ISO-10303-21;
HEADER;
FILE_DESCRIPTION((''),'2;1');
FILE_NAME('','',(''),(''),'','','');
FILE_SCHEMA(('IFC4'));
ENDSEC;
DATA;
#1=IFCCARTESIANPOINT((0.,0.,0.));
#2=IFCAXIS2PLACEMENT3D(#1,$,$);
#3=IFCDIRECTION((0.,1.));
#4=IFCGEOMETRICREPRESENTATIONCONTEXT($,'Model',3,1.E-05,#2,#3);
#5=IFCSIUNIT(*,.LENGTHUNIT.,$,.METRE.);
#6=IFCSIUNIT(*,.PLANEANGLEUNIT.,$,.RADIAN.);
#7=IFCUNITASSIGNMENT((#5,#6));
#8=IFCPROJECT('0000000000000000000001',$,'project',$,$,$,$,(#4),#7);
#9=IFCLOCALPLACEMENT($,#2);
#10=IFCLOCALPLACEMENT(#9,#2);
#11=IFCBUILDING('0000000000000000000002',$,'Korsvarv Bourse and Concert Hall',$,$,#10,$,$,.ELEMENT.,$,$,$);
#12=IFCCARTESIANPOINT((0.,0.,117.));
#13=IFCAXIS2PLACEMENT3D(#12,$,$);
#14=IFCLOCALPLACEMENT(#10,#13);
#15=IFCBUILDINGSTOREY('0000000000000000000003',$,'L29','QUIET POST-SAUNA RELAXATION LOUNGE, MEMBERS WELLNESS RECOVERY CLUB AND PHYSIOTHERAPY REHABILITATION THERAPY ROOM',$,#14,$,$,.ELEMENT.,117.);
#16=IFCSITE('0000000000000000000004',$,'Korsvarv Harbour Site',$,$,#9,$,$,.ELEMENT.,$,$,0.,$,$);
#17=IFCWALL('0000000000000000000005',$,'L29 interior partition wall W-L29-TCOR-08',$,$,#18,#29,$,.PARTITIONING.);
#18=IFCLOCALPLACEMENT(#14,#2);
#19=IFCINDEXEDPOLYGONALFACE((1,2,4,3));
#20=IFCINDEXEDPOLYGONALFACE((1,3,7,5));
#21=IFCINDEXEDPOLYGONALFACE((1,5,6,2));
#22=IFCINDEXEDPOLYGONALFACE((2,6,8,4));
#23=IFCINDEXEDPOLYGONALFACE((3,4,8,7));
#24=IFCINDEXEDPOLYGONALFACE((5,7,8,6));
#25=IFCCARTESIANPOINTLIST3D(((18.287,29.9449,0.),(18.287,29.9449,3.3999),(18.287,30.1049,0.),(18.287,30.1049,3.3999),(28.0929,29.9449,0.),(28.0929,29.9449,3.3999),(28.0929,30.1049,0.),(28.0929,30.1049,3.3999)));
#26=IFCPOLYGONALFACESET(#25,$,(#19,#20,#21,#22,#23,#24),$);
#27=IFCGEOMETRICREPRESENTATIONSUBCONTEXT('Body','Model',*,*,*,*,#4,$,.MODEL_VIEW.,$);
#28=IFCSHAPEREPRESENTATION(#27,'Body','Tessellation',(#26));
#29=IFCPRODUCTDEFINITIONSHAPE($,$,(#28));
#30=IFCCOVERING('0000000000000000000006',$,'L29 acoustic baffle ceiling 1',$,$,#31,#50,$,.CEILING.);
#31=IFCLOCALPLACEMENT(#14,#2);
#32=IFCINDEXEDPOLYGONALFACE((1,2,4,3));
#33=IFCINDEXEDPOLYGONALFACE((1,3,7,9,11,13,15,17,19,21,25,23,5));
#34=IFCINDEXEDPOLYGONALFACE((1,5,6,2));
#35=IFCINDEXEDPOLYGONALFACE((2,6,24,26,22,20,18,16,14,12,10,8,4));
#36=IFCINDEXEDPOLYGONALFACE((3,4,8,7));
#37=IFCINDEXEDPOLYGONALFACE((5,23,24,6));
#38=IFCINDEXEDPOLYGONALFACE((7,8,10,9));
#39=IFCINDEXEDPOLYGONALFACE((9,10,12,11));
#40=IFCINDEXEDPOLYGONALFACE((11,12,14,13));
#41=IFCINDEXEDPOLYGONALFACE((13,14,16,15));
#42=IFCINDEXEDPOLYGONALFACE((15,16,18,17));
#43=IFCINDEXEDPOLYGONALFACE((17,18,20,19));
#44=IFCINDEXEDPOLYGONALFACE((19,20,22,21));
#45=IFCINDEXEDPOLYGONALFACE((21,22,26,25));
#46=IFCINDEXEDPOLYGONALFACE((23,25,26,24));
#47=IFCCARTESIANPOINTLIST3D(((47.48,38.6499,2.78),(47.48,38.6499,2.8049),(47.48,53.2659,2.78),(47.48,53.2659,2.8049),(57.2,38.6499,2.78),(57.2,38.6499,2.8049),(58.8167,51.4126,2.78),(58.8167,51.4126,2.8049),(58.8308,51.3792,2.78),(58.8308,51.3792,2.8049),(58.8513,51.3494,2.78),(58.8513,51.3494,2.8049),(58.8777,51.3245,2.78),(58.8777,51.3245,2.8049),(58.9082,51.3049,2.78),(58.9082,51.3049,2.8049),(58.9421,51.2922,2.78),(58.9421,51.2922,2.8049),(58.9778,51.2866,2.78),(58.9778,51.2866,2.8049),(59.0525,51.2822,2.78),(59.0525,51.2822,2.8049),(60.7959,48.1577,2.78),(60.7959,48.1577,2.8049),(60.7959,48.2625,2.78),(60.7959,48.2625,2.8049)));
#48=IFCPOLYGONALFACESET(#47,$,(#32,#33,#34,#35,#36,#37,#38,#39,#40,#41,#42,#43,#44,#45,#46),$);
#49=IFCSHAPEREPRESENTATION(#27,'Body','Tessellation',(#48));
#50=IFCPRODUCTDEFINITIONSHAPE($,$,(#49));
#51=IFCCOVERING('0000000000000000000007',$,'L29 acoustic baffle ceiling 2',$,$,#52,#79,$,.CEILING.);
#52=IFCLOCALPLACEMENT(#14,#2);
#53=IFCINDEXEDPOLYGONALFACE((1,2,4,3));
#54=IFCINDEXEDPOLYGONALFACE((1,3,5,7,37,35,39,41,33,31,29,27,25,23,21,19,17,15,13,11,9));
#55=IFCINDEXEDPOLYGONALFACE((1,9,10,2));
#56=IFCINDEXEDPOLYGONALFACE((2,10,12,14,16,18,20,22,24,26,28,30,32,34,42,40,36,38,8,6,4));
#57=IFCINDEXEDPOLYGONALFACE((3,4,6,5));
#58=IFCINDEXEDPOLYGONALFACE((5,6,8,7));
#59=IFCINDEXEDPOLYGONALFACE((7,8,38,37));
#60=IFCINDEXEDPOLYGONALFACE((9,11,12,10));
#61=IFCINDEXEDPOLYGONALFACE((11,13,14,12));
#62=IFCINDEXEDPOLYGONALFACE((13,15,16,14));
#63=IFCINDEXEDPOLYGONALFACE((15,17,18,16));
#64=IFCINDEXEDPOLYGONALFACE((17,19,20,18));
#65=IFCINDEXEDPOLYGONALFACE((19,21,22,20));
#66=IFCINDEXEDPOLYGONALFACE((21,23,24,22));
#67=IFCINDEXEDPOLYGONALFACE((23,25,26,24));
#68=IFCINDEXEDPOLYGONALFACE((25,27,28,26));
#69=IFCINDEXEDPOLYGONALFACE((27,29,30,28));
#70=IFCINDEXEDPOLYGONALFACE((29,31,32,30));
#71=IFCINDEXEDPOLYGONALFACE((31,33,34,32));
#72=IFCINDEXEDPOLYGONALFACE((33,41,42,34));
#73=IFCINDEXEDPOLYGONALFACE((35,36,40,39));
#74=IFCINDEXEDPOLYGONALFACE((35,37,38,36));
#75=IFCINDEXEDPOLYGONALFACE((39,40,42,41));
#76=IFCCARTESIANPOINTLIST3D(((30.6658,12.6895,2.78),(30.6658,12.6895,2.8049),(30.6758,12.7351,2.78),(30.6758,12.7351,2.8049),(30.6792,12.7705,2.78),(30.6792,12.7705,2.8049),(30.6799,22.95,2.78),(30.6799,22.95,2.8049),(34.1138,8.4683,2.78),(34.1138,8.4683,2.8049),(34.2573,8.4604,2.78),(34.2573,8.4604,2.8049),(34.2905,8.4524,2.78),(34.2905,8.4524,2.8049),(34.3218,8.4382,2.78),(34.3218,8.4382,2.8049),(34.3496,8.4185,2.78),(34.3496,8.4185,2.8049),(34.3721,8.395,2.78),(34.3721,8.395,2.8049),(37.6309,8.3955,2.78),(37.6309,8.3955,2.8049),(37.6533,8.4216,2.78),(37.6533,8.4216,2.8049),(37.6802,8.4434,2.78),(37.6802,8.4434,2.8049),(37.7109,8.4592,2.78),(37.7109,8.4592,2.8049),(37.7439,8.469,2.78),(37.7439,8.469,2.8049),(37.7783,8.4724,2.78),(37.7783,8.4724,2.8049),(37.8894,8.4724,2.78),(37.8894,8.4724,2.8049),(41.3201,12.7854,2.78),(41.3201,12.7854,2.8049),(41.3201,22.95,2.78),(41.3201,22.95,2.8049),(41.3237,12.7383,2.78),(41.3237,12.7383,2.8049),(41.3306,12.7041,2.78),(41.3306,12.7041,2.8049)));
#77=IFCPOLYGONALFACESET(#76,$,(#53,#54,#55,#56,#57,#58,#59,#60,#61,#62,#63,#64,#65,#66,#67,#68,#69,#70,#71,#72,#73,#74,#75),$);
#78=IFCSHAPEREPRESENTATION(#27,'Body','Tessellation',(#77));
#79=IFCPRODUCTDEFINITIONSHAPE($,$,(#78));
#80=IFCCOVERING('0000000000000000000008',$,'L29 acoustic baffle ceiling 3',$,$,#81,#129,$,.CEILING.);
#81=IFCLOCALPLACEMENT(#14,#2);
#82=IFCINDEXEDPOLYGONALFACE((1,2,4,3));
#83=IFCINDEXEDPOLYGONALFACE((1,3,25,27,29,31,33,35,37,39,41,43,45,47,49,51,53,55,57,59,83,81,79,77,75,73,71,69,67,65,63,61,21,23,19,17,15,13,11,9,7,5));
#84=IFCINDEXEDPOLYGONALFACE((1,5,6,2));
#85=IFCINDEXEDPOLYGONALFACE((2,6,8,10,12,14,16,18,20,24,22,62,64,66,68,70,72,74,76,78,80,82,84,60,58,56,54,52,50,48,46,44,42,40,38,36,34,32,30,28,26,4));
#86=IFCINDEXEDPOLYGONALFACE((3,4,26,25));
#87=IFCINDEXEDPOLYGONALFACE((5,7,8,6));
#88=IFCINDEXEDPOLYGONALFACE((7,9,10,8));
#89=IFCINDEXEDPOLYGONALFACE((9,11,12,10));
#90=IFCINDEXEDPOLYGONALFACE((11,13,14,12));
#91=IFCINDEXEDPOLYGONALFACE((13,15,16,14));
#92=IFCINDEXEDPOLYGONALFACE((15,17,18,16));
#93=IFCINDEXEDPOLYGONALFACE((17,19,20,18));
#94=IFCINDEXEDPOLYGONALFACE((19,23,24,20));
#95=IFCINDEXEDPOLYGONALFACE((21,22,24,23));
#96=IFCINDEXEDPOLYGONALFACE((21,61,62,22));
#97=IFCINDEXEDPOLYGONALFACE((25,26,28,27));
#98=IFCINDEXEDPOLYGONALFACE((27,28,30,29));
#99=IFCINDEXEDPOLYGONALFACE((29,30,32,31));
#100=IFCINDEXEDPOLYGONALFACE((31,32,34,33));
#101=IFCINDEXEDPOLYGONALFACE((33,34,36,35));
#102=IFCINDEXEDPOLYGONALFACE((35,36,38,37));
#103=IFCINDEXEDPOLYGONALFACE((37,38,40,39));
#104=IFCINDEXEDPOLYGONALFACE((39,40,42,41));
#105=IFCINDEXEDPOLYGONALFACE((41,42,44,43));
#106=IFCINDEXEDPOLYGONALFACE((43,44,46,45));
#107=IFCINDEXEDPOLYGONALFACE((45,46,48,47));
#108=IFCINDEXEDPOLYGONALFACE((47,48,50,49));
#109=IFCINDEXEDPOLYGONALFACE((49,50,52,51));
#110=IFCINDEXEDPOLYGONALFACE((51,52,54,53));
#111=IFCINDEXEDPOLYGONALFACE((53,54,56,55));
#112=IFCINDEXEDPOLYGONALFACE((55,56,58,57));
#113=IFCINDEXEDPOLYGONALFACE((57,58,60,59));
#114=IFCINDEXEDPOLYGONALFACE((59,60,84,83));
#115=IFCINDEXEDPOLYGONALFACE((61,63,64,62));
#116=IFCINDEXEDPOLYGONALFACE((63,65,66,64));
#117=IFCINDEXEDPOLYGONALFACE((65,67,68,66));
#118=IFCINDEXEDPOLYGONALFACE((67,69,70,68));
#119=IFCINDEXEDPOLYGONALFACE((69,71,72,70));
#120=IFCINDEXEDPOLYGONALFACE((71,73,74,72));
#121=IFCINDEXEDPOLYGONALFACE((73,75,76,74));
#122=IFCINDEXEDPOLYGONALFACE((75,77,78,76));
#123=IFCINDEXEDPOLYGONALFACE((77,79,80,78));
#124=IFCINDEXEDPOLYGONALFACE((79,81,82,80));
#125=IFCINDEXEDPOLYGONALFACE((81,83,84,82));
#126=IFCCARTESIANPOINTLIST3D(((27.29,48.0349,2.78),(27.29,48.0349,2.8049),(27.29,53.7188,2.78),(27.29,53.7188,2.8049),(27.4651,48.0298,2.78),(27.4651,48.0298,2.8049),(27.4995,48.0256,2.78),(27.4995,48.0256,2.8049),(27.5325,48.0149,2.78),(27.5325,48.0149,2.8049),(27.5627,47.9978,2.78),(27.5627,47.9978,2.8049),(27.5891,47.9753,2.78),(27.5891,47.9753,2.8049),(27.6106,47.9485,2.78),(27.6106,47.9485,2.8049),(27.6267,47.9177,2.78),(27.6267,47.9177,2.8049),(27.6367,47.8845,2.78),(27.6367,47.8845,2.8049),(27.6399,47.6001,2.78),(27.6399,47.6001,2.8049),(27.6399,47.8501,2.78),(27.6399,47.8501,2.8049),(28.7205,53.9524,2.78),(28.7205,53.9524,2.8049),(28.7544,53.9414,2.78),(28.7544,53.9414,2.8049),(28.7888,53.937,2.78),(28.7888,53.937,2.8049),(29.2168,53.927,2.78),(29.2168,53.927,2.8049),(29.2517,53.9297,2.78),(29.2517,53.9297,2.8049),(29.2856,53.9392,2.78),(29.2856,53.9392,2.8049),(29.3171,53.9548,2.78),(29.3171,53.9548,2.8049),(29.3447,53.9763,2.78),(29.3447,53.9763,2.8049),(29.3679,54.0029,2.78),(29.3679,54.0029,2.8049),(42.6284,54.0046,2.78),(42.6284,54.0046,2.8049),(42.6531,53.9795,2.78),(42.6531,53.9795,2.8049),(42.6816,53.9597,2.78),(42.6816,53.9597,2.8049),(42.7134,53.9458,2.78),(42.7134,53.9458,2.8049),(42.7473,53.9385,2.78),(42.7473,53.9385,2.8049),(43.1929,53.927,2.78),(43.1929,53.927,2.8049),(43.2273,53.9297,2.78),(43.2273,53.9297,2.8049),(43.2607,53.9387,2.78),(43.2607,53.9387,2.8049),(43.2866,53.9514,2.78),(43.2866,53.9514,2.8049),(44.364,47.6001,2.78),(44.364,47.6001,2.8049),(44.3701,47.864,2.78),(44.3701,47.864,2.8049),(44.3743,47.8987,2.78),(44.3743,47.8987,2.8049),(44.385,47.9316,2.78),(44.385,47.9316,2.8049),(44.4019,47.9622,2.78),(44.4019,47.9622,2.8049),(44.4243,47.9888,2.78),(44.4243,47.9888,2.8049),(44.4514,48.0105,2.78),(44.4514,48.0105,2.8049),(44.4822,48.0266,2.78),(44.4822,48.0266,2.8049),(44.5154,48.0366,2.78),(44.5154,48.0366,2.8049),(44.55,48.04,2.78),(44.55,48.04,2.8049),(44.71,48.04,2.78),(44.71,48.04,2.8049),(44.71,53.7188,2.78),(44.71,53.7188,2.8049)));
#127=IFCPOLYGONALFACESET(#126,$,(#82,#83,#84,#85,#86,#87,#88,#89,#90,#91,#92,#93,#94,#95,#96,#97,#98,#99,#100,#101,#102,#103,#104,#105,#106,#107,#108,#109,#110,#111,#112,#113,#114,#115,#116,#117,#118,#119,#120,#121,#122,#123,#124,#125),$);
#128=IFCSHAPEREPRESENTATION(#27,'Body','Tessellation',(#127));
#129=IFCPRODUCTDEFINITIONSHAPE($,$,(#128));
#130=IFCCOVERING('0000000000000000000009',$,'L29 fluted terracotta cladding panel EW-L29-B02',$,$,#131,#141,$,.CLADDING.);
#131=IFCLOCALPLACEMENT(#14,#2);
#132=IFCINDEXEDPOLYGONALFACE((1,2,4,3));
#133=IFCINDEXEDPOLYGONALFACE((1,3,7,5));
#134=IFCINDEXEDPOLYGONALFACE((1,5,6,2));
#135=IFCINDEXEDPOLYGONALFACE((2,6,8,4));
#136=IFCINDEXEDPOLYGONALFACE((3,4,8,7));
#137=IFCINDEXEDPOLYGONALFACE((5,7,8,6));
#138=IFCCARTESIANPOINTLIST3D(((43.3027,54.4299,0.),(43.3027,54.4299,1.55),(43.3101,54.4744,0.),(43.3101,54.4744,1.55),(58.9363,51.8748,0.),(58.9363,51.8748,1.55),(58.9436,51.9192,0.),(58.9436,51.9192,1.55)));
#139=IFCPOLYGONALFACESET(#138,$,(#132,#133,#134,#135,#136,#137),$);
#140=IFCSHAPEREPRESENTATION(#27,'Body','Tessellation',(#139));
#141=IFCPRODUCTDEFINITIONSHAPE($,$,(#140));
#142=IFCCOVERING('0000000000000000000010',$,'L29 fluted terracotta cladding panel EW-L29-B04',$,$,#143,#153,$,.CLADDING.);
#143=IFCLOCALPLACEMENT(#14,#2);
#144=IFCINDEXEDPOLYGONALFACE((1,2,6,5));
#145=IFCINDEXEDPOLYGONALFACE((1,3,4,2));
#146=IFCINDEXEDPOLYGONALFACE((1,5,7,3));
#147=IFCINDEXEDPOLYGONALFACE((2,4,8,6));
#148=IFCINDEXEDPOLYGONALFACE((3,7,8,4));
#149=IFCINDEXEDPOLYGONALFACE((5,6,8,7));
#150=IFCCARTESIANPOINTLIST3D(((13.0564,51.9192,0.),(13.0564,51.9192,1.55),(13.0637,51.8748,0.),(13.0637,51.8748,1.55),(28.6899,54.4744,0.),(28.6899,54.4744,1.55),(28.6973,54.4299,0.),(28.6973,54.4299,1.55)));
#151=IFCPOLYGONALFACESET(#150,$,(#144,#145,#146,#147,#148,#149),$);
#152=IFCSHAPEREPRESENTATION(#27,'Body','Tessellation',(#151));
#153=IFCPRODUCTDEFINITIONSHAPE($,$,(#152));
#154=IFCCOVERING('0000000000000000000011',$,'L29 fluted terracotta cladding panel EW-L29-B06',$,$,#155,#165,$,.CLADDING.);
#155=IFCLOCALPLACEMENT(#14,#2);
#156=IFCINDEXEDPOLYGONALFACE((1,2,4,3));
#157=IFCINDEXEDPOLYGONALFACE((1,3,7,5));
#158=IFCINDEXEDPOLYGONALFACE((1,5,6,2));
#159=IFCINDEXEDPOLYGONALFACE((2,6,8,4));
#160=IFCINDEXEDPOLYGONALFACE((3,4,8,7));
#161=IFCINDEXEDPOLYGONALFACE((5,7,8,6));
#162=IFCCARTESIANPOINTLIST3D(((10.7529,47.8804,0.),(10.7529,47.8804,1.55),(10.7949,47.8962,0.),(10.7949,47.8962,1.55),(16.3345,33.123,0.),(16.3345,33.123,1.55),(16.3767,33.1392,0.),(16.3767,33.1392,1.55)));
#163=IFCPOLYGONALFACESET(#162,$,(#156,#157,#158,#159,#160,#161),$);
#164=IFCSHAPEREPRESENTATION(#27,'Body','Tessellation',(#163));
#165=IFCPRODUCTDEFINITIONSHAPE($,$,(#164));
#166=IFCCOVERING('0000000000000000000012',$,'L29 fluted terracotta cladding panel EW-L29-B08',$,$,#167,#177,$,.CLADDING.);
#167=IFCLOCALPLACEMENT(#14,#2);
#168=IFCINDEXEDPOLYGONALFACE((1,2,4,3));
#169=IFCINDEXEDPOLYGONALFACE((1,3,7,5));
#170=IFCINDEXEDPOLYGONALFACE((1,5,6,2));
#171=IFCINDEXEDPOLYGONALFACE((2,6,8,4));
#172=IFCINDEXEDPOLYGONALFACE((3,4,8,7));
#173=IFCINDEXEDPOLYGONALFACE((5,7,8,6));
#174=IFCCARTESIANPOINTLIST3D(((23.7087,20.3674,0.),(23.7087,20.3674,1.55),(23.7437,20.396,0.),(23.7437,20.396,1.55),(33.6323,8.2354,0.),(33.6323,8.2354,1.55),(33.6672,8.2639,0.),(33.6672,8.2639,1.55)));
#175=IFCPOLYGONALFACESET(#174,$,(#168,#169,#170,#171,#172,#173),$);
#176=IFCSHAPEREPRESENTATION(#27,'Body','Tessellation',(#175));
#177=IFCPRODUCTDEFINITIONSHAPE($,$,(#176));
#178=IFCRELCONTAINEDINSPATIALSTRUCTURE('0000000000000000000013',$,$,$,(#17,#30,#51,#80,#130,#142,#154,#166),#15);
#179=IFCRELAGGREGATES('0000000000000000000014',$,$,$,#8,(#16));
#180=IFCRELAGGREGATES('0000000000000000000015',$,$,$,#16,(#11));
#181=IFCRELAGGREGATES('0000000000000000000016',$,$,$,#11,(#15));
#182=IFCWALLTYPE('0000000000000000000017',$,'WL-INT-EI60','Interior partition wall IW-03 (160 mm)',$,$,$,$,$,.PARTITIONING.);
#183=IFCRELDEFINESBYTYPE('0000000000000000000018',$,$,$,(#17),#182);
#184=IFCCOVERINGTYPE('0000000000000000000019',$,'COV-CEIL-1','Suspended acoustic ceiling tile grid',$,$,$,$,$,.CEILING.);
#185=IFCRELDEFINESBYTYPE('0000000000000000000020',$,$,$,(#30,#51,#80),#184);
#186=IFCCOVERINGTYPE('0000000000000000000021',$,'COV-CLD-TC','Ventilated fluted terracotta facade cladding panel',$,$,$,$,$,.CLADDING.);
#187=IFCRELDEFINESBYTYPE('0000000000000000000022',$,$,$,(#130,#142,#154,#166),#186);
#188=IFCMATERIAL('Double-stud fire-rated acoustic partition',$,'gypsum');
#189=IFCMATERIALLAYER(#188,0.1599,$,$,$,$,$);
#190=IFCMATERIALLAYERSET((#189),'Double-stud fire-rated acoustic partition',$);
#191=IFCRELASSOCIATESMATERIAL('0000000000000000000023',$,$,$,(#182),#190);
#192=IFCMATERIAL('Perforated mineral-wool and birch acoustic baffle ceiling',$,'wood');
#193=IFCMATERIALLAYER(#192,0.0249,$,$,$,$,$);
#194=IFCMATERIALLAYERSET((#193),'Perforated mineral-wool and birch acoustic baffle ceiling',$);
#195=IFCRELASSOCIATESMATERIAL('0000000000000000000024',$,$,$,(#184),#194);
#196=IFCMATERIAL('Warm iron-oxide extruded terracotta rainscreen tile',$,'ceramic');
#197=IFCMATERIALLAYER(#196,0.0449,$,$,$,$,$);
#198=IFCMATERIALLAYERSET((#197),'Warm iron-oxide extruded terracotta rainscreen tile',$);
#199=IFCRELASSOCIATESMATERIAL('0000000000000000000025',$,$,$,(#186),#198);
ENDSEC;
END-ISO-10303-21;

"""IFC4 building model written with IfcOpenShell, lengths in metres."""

from ifc_helpers import new_model, si_unit, direction, frame, frame_2d, origin, place, context, subcontext, project, spatial, polyline, rectangle, outline, extrude, material, layer, layer_set, type_object, element, save


model = new_model("IFC4")

# Units and contexts
model_context = context("Model", 3, precision=1e-05, world=origin(), true_north=direction((0.0, 1.0)))
body_context = subcontext(model_context, "Body", "Model", "MODEL_VIEW")
ifc_project = project(units=[si_unit("LENGTHUNIT", "METRE"), si_unit("PLANEANGLEUNIT", "RADIAN")], contexts=[model_context])

# Site, building, storey
site_placement = place(None, origin())
site = spatial("IfcSite", under=ifc_project, at=site_placement, Name="Korsvarv Harbour Site", CompositionType="ELEMENT", RefElevation=0.0)
building_placement = place(site_placement, origin())
building = spatial("IfcBuilding", under=site, at=building_placement, Name="Korsvarv Bourse and Concert Hall", CompositionType="ELEMENT")
storey_placement = place(building_placement, frame((0.0, 0.0, 117.0)))
storey = spatial("IfcBuildingStorey", under=building, at=storey_placement, Name="L29", Description="QUIET POST-SAUNA RELAXATION LOUNGE, MEMBERS WELLNESS RECOVERY CLUB AND PHYSIOTHERAPY REHABILITATION THERAPY ROOM", CompositionType="ELEMENT", Elevation=117.0)

# Wall
ifc_material_1 = material(Name="Double-stud fire-rated acoustic partition", Category="gypsum")
ifc_layer_1 = layer(ifc_material_1, 0.1599)
ifc_layer_set_1 = layer_set([ifc_layer_1], Name="Double-stud fire-rated acoustic partition")
wall_type = type_object("IfcWallType", Name="WL-INT-EI60", Description="Interior partition wall IW-03 (160 mm)", PredefinedType="PARTITIONING", material=ifc_layer_set_1)
wall_placement = place(storey_placement, frame((18.2871, 30.0249, 0.0), z_axis=(0.0, 0.0, 1.0), x_axis=(1.0, 0.0, 0.0)))
element("IfcWall", 1, at=wall_placement, inside=storey, type_object=wall_type, Name="L29 interior partition wall W-L29-TCOR-08", PredefinedType="PARTITIONING", context=body_context, shape_type="SweptSolid", body=[
    extrude(rectangle(XDim=9.8059, YDim=0.1599, at=frame_2d((4.9028, 0.0))), origin(), (0.0, 0.0, 1.0), 3.3999),
])

# Coverings
ifc_material_2 = material(Name="Perforated mineral-wool and birch acoustic baffle ceiling", Category="wood")
ifc_layer_2 = layer(ifc_material_2, 0.0249)
ifc_layer_set_2 = layer_set([ifc_layer_2], Name="Perforated mineral-wool and birch acoustic baffle ceiling")
covering_type_1 = type_object("IfcCoveringType", Name="COV-CEIL-1", Description="Suspended acoustic ceiling tile grid", PredefinedType="CEILING", material=ifc_layer_set_2)
covering_1_placement = place(storey_placement, frame((0.0, 0.0, 2.78)))
element("IfcCovering", 2, at=covering_1_placement, inside=storey, type_object=covering_type_1, Name="L29 acoustic baffle ceiling 1", PredefinedType="CEILING", context=body_context, shape_type="SweptSolid", body=[
    extrude(outline(polyline([(58.8167, 51.4126), (58.8308, 51.3792), (58.8513, 51.3494), (58.8777, 51.3245), (58.9082, 51.3049), (58.9421, 51.2922), (58.9778, 51.2866), (59.0525, 51.2822), (60.7959, 48.2625), (60.7959, 48.1577), (57.2, 38.6499), (47.48, 38.6499), (47.48, 53.2659), (58.8167, 51.4126)])), origin(), (0.0, 0.0, 1.0), 0.0249),
])
covering_2_placement = place(storey_placement, frame((0.0, 0.0, 2.78)))
element("IfcCovering", 3, at=covering_2_placement, inside=storey, type_object=covering_type_1, Name="L29 acoustic baffle ceiling 2", PredefinedType="CEILING", context=body_context, shape_type="SweptSolid", body=[
    extrude(outline(polyline([(30.6658, 12.6895), (30.6758, 12.7351), (30.6792, 12.7705), (30.6799, 22.95), (41.3201, 22.95), (41.3201, 12.7854), (41.3237, 12.7383), (41.3306, 12.7041), (37.8894, 8.4724), (37.7783, 8.4724), (37.7439, 8.469), (37.7109, 8.4592), (37.6802, 8.4434), (37.6533, 8.4216), (37.6309, 8.3955), (34.3721, 8.395), (34.3496, 8.4185), (34.3218, 8.4382), (34.2905, 8.4524), (34.2573, 8.4604), (34.1138, 8.4683), (30.6658, 12.6895)])), origin(), (0.0, 0.0, 1.0), 0.0249),
])
covering_3_placement = place(storey_placement, frame((0.0, 0.0, 2.78)))
element("IfcCovering", 4, at=covering_3_placement, inside=storey, type_object=covering_type_1, Name="L29 acoustic baffle ceiling 3", PredefinedType="CEILING", context=body_context, shape_type="SweptSolid", body=[
    extrude(outline(polyline([(28.7205, 53.9524), (28.7544, 53.9414), (28.7888, 53.937), (29.2168, 53.927), (29.2517, 53.9297), (29.2856, 53.9392), (29.3171, 53.9548), (29.3447, 53.9763), (29.3679, 54.0029), (42.6284, 54.0046), (42.6531, 53.9795), (42.6816, 53.9597), (42.7134, 53.9458), (42.7473, 53.9385), (43.1929, 53.927), (43.2273, 53.9297), (43.2607, 53.9387), (43.2866, 53.9514), (44.71, 53.7188), (44.71, 48.04), (44.55, 48.04), (44.5154, 48.0366), (44.4822, 48.0266), (44.4514, 48.0105), (44.4243, 47.9888), (44.4019, 47.9622), (44.385, 47.9316), (44.3743, 47.8987), (44.3701, 47.864), (44.364, 47.6001), (27.6399, 47.6001), (27.6399, 47.8501), (27.6367, 47.8845), (27.6267, 47.9177), (27.6106, 47.9485), (27.5891, 47.9753), (27.5627, 47.9978), (27.5325, 48.0149), (27.4995, 48.0256), (27.4651, 48.0298), (27.29, 48.0349), (27.29, 53.7188), (28.7205, 53.9524)])), origin(), (0.0, 0.0, 1.0), 0.0249),
])
ifc_material_3 = material(Name="Warm iron-oxide extruded terracotta rainscreen tile", Category="ceramic")
ifc_layer_3 = layer(ifc_material_3, 0.0449)
ifc_layer_set_3 = layer_set([ifc_layer_3], Name="Warm iron-oxide extruded terracotta rainscreen tile")
covering_type_2 = type_object("IfcCoveringType", Name="COV-CLD-TC", Description="Ventilated fluted terracotta facade cladding panel", PredefinedType="CLADDING", material=ifc_layer_set_3)
covering_4_placement = place(storey_placement, origin())
element("IfcCovering", 5, at=covering_4_placement, inside=storey, type_object=covering_type_2, Name="L29 fluted terracotta cladding panel EW-L29-B02", PredefinedType="CLADDING", context=body_context, shape_type="SweptSolid", body=[
    extrude(outline(polyline([(58.9363, 51.8748), (43.3027, 54.4299), (43.3101, 54.4744), (58.9436, 51.9192), (58.9363, 51.8748)])), origin(), (0.0, 0.0, 1.0), 1.55),
])
covering_5_placement = place(storey_placement, origin())
element("IfcCovering", 6, at=covering_5_placement, inside=storey, type_object=covering_type_2, Name="L29 fluted terracotta cladding panel EW-L29-B04", PredefinedType="CLADDING", context=body_context, shape_type="SweptSolid", body=[
    extrude(outline(polyline([(28.6973, 54.4299), (13.0637, 51.8748), (13.0564, 51.9192), (28.6899, 54.4744), (28.6973, 54.4299)])), origin(), (0.0, 0.0, 1.0), 1.55),
])
covering_6_placement = place(storey_placement, origin())
element("IfcCovering", 7, at=covering_6_placement, inside=storey, type_object=covering_type_2, Name="L29 fluted terracotta cladding panel EW-L29-B06", PredefinedType="CLADDING", context=body_context, shape_type="SweptSolid", body=[
    extrude(outline(polyline([(10.7949, 47.8962), (16.3767, 33.1392), (16.3345, 33.123), (10.7529, 47.8804), (10.7949, 47.8962)])), origin(), (0.0, 0.0, 1.0), 1.55),
])
covering_7_placement = place(storey_placement, origin())
element("IfcCovering", 8, at=covering_7_placement, inside=storey, type_object=covering_type_2, Name="L29 fluted terracotta cladding panel EW-L29-B08", PredefinedType="CLADDING", context=body_context, shape_type="SweptSolid", body=[
    extrude(outline(polyline([(23.7437, 20.396), (33.6672, 8.2639), (33.6323, 8.2354), (23.7087, 20.3674), (23.7437, 20.396)])), origin(), (0.0, 0.0, 1.0), 1.55),
])

save(model, "model.ifc")
